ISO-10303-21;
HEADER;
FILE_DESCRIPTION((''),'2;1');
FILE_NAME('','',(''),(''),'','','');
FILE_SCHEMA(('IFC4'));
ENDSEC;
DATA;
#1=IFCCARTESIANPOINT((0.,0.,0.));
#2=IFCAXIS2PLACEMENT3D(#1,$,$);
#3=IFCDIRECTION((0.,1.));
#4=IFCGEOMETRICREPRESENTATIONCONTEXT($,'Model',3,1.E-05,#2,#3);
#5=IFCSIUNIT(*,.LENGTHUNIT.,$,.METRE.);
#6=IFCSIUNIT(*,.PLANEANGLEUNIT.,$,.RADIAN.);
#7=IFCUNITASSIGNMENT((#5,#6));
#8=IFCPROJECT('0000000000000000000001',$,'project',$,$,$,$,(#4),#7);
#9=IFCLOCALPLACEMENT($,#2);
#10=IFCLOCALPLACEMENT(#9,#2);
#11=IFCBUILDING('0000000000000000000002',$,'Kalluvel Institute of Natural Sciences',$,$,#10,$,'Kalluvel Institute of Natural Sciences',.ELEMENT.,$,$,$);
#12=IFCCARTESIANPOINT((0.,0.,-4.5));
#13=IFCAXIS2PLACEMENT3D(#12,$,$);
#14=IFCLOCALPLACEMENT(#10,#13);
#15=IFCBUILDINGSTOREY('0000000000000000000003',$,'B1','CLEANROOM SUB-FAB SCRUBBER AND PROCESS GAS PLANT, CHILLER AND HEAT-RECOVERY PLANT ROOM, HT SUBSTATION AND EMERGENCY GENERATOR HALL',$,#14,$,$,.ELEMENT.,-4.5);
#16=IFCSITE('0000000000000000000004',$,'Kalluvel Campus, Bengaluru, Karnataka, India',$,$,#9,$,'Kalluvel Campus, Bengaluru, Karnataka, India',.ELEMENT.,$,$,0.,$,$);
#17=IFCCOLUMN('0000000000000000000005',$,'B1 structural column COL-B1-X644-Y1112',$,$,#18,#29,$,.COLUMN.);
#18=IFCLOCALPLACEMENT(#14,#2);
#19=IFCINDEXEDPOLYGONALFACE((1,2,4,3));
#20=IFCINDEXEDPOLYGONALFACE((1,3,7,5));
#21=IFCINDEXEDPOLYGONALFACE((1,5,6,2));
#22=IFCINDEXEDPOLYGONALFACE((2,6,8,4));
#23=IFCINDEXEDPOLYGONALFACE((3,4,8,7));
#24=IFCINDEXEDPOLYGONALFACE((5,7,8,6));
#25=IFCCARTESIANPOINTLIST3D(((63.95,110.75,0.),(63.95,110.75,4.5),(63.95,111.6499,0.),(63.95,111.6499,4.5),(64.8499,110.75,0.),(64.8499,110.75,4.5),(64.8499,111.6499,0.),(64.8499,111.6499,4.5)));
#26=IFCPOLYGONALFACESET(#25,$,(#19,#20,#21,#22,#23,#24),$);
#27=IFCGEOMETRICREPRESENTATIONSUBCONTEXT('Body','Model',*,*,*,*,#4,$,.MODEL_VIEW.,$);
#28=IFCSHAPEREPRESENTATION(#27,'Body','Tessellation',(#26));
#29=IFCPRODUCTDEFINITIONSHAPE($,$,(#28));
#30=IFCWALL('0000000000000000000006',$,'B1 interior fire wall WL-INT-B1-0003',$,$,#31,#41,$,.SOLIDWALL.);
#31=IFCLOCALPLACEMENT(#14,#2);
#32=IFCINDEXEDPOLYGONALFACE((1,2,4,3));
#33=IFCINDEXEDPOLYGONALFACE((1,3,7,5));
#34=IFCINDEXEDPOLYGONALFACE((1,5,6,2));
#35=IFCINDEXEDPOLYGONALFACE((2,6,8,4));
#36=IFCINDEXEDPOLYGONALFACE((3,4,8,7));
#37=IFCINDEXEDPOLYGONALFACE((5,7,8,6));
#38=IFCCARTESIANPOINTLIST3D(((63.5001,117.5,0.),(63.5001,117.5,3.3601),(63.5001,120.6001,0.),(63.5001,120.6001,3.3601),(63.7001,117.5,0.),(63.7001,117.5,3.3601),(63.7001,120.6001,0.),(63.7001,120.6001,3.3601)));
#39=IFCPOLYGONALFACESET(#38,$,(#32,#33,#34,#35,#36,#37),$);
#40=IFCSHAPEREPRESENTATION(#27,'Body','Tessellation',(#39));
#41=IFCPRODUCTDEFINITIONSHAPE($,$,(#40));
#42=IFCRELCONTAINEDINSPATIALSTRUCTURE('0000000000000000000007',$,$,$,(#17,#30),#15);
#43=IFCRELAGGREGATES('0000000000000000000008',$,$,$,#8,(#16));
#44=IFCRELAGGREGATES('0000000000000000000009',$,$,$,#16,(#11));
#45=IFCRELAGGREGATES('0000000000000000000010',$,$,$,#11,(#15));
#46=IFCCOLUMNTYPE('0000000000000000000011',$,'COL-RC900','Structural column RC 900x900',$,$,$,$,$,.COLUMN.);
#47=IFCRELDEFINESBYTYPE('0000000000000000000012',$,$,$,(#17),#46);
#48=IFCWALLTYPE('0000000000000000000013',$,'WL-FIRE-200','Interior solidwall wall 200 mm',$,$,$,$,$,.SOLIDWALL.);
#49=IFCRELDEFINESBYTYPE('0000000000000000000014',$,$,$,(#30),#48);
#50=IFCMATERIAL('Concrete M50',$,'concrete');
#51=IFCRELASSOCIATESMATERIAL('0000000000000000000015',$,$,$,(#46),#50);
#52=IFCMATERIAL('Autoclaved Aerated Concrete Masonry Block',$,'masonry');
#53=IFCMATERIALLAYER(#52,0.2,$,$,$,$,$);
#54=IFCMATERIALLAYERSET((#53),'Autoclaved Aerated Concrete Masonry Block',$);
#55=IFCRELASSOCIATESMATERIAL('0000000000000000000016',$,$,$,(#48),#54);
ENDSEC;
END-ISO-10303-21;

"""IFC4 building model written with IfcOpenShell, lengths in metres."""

from ifc_helpers import new_model, si_unit, direction, frame, frame_2d, origin, origin_2d, place, context, subcontext, project, spatial, rectangle, extrude, material, layer, layer_set, material_profile, profile_set, type_object, element, save


model = new_model("IFC4")

# Units and contexts
model_context = context("Model", 3, precision=1e-05, world=origin(), true_north=direction((0.0, 1.0)))
body_context = subcontext(model_context, "Body", "Model", "MODEL_VIEW")
ifc_project = project(units=[si_unit("LENGTHUNIT", "METRE"), si_unit("PLANEANGLEUNIT", "RADIAN")], contexts=[model_context])

# Site, building, storey
site_placement = place(None, origin())
site = spatial("IfcSite", under=ifc_project, at=site_placement, Name="Kalluvel Campus, Bengaluru, Karnataka, India", LongName="Kalluvel Campus, Bengaluru, Karnataka, India", CompositionType="ELEMENT", RefElevation=0.0)
building_placement = place(site_placement, origin())
building = spatial("IfcBuilding", under=site, at=building_placement, Name="Kalluvel Institute of Natural Sciences", LongName="Kalluvel Institute of Natural Sciences", CompositionType="ELEMENT")
storey_placement = place(building_placement, frame((0.0, 0.0, -4.5)))
storey = spatial("IfcBuildingStorey", under=building, at=storey_placement, Name="B1", Description="CLEANROOM SUB-FAB SCRUBBER AND PROCESS GAS PLANT, CHILLER AND HEAT-RECOVERY PLANT ROOM, HT SUBSTATION AND EMERGENCY GENERATOR HALL", CompositionType="ELEMENT", Elevation=-4.5)

# Column
ifc_material_1 = material(Name="Concrete M50", Category="concrete")
ifc_material_profile_1 = material_profile(ifc_material_1, rectangle(XDim=0.8999, YDim=0.8999, at=origin_2d()), Name="RC 900x900")
ifc_profile_set_1 = profile_set([ifc_material_profile_1], Name="Concrete M50")
column_type_1 = type_object("IfcColumnType", Name="COL-RC900", Description="Structural column RC 900x900", PredefinedType="COLUMN", material=ifc_profile_set_1)
column_1_placement = place(storey_placement, frame((64.3999, 111.2, 0.0), z_axis=(0.0, 0.0, 1.0), x_axis=(1.0, 0.0, 0.0)))
element("IfcColumn", 1, at=column_1_placement, inside=storey, type_object=column_type_1, Name="B1 structural column COL-B1-X644-Y1112", PredefinedType="COLUMN", context=body_context, shape_type="SweptSolid", body=[
    extrude(rectangle(XDim=0.8999, YDim=0.8999, at=origin_2d()), origin(), (0.0, 0.0, 1.0), 4.5),
])

# Wall
ifc_material_2 = material(Name="Autoclaved Aerated Concrete Masonry Block", Category="masonry")
ifc_layer = layer(ifc_material_2, 0.2)
ifc_layer_set = layer_set([ifc_layer], Name="Autoclaved Aerated Concrete Masonry Block")
wall_type = type_object("IfcWallType", Name="WL-FIRE-200", Description="Interior solidwall wall 200 mm", PredefinedType="SOLIDWALL", material=ifc_layer_set)
wall_placement = place(storey_placement, frame((63.6001, 117.5, 0.0), z_axis=(0.0, 0.0, 1.0), x_axis=(0.0, 1.0, 0.0)))
element("IfcWall", 2, at=wall_placement, inside=storey, type_object=wall_type, Name="B1 interior fire wall WL-INT-B1-0003", PredefinedType="SOLIDWALL", context=body_context, shape_type="SweptSolid", body=[
    extrude(rectangle(XDim=3.1001, YDim=0.2, at=frame_2d((1.55, 0.0))), origin(), (0.0, 0.0, 1.0), 3.3601),
])

save(model, "model.ifc")
